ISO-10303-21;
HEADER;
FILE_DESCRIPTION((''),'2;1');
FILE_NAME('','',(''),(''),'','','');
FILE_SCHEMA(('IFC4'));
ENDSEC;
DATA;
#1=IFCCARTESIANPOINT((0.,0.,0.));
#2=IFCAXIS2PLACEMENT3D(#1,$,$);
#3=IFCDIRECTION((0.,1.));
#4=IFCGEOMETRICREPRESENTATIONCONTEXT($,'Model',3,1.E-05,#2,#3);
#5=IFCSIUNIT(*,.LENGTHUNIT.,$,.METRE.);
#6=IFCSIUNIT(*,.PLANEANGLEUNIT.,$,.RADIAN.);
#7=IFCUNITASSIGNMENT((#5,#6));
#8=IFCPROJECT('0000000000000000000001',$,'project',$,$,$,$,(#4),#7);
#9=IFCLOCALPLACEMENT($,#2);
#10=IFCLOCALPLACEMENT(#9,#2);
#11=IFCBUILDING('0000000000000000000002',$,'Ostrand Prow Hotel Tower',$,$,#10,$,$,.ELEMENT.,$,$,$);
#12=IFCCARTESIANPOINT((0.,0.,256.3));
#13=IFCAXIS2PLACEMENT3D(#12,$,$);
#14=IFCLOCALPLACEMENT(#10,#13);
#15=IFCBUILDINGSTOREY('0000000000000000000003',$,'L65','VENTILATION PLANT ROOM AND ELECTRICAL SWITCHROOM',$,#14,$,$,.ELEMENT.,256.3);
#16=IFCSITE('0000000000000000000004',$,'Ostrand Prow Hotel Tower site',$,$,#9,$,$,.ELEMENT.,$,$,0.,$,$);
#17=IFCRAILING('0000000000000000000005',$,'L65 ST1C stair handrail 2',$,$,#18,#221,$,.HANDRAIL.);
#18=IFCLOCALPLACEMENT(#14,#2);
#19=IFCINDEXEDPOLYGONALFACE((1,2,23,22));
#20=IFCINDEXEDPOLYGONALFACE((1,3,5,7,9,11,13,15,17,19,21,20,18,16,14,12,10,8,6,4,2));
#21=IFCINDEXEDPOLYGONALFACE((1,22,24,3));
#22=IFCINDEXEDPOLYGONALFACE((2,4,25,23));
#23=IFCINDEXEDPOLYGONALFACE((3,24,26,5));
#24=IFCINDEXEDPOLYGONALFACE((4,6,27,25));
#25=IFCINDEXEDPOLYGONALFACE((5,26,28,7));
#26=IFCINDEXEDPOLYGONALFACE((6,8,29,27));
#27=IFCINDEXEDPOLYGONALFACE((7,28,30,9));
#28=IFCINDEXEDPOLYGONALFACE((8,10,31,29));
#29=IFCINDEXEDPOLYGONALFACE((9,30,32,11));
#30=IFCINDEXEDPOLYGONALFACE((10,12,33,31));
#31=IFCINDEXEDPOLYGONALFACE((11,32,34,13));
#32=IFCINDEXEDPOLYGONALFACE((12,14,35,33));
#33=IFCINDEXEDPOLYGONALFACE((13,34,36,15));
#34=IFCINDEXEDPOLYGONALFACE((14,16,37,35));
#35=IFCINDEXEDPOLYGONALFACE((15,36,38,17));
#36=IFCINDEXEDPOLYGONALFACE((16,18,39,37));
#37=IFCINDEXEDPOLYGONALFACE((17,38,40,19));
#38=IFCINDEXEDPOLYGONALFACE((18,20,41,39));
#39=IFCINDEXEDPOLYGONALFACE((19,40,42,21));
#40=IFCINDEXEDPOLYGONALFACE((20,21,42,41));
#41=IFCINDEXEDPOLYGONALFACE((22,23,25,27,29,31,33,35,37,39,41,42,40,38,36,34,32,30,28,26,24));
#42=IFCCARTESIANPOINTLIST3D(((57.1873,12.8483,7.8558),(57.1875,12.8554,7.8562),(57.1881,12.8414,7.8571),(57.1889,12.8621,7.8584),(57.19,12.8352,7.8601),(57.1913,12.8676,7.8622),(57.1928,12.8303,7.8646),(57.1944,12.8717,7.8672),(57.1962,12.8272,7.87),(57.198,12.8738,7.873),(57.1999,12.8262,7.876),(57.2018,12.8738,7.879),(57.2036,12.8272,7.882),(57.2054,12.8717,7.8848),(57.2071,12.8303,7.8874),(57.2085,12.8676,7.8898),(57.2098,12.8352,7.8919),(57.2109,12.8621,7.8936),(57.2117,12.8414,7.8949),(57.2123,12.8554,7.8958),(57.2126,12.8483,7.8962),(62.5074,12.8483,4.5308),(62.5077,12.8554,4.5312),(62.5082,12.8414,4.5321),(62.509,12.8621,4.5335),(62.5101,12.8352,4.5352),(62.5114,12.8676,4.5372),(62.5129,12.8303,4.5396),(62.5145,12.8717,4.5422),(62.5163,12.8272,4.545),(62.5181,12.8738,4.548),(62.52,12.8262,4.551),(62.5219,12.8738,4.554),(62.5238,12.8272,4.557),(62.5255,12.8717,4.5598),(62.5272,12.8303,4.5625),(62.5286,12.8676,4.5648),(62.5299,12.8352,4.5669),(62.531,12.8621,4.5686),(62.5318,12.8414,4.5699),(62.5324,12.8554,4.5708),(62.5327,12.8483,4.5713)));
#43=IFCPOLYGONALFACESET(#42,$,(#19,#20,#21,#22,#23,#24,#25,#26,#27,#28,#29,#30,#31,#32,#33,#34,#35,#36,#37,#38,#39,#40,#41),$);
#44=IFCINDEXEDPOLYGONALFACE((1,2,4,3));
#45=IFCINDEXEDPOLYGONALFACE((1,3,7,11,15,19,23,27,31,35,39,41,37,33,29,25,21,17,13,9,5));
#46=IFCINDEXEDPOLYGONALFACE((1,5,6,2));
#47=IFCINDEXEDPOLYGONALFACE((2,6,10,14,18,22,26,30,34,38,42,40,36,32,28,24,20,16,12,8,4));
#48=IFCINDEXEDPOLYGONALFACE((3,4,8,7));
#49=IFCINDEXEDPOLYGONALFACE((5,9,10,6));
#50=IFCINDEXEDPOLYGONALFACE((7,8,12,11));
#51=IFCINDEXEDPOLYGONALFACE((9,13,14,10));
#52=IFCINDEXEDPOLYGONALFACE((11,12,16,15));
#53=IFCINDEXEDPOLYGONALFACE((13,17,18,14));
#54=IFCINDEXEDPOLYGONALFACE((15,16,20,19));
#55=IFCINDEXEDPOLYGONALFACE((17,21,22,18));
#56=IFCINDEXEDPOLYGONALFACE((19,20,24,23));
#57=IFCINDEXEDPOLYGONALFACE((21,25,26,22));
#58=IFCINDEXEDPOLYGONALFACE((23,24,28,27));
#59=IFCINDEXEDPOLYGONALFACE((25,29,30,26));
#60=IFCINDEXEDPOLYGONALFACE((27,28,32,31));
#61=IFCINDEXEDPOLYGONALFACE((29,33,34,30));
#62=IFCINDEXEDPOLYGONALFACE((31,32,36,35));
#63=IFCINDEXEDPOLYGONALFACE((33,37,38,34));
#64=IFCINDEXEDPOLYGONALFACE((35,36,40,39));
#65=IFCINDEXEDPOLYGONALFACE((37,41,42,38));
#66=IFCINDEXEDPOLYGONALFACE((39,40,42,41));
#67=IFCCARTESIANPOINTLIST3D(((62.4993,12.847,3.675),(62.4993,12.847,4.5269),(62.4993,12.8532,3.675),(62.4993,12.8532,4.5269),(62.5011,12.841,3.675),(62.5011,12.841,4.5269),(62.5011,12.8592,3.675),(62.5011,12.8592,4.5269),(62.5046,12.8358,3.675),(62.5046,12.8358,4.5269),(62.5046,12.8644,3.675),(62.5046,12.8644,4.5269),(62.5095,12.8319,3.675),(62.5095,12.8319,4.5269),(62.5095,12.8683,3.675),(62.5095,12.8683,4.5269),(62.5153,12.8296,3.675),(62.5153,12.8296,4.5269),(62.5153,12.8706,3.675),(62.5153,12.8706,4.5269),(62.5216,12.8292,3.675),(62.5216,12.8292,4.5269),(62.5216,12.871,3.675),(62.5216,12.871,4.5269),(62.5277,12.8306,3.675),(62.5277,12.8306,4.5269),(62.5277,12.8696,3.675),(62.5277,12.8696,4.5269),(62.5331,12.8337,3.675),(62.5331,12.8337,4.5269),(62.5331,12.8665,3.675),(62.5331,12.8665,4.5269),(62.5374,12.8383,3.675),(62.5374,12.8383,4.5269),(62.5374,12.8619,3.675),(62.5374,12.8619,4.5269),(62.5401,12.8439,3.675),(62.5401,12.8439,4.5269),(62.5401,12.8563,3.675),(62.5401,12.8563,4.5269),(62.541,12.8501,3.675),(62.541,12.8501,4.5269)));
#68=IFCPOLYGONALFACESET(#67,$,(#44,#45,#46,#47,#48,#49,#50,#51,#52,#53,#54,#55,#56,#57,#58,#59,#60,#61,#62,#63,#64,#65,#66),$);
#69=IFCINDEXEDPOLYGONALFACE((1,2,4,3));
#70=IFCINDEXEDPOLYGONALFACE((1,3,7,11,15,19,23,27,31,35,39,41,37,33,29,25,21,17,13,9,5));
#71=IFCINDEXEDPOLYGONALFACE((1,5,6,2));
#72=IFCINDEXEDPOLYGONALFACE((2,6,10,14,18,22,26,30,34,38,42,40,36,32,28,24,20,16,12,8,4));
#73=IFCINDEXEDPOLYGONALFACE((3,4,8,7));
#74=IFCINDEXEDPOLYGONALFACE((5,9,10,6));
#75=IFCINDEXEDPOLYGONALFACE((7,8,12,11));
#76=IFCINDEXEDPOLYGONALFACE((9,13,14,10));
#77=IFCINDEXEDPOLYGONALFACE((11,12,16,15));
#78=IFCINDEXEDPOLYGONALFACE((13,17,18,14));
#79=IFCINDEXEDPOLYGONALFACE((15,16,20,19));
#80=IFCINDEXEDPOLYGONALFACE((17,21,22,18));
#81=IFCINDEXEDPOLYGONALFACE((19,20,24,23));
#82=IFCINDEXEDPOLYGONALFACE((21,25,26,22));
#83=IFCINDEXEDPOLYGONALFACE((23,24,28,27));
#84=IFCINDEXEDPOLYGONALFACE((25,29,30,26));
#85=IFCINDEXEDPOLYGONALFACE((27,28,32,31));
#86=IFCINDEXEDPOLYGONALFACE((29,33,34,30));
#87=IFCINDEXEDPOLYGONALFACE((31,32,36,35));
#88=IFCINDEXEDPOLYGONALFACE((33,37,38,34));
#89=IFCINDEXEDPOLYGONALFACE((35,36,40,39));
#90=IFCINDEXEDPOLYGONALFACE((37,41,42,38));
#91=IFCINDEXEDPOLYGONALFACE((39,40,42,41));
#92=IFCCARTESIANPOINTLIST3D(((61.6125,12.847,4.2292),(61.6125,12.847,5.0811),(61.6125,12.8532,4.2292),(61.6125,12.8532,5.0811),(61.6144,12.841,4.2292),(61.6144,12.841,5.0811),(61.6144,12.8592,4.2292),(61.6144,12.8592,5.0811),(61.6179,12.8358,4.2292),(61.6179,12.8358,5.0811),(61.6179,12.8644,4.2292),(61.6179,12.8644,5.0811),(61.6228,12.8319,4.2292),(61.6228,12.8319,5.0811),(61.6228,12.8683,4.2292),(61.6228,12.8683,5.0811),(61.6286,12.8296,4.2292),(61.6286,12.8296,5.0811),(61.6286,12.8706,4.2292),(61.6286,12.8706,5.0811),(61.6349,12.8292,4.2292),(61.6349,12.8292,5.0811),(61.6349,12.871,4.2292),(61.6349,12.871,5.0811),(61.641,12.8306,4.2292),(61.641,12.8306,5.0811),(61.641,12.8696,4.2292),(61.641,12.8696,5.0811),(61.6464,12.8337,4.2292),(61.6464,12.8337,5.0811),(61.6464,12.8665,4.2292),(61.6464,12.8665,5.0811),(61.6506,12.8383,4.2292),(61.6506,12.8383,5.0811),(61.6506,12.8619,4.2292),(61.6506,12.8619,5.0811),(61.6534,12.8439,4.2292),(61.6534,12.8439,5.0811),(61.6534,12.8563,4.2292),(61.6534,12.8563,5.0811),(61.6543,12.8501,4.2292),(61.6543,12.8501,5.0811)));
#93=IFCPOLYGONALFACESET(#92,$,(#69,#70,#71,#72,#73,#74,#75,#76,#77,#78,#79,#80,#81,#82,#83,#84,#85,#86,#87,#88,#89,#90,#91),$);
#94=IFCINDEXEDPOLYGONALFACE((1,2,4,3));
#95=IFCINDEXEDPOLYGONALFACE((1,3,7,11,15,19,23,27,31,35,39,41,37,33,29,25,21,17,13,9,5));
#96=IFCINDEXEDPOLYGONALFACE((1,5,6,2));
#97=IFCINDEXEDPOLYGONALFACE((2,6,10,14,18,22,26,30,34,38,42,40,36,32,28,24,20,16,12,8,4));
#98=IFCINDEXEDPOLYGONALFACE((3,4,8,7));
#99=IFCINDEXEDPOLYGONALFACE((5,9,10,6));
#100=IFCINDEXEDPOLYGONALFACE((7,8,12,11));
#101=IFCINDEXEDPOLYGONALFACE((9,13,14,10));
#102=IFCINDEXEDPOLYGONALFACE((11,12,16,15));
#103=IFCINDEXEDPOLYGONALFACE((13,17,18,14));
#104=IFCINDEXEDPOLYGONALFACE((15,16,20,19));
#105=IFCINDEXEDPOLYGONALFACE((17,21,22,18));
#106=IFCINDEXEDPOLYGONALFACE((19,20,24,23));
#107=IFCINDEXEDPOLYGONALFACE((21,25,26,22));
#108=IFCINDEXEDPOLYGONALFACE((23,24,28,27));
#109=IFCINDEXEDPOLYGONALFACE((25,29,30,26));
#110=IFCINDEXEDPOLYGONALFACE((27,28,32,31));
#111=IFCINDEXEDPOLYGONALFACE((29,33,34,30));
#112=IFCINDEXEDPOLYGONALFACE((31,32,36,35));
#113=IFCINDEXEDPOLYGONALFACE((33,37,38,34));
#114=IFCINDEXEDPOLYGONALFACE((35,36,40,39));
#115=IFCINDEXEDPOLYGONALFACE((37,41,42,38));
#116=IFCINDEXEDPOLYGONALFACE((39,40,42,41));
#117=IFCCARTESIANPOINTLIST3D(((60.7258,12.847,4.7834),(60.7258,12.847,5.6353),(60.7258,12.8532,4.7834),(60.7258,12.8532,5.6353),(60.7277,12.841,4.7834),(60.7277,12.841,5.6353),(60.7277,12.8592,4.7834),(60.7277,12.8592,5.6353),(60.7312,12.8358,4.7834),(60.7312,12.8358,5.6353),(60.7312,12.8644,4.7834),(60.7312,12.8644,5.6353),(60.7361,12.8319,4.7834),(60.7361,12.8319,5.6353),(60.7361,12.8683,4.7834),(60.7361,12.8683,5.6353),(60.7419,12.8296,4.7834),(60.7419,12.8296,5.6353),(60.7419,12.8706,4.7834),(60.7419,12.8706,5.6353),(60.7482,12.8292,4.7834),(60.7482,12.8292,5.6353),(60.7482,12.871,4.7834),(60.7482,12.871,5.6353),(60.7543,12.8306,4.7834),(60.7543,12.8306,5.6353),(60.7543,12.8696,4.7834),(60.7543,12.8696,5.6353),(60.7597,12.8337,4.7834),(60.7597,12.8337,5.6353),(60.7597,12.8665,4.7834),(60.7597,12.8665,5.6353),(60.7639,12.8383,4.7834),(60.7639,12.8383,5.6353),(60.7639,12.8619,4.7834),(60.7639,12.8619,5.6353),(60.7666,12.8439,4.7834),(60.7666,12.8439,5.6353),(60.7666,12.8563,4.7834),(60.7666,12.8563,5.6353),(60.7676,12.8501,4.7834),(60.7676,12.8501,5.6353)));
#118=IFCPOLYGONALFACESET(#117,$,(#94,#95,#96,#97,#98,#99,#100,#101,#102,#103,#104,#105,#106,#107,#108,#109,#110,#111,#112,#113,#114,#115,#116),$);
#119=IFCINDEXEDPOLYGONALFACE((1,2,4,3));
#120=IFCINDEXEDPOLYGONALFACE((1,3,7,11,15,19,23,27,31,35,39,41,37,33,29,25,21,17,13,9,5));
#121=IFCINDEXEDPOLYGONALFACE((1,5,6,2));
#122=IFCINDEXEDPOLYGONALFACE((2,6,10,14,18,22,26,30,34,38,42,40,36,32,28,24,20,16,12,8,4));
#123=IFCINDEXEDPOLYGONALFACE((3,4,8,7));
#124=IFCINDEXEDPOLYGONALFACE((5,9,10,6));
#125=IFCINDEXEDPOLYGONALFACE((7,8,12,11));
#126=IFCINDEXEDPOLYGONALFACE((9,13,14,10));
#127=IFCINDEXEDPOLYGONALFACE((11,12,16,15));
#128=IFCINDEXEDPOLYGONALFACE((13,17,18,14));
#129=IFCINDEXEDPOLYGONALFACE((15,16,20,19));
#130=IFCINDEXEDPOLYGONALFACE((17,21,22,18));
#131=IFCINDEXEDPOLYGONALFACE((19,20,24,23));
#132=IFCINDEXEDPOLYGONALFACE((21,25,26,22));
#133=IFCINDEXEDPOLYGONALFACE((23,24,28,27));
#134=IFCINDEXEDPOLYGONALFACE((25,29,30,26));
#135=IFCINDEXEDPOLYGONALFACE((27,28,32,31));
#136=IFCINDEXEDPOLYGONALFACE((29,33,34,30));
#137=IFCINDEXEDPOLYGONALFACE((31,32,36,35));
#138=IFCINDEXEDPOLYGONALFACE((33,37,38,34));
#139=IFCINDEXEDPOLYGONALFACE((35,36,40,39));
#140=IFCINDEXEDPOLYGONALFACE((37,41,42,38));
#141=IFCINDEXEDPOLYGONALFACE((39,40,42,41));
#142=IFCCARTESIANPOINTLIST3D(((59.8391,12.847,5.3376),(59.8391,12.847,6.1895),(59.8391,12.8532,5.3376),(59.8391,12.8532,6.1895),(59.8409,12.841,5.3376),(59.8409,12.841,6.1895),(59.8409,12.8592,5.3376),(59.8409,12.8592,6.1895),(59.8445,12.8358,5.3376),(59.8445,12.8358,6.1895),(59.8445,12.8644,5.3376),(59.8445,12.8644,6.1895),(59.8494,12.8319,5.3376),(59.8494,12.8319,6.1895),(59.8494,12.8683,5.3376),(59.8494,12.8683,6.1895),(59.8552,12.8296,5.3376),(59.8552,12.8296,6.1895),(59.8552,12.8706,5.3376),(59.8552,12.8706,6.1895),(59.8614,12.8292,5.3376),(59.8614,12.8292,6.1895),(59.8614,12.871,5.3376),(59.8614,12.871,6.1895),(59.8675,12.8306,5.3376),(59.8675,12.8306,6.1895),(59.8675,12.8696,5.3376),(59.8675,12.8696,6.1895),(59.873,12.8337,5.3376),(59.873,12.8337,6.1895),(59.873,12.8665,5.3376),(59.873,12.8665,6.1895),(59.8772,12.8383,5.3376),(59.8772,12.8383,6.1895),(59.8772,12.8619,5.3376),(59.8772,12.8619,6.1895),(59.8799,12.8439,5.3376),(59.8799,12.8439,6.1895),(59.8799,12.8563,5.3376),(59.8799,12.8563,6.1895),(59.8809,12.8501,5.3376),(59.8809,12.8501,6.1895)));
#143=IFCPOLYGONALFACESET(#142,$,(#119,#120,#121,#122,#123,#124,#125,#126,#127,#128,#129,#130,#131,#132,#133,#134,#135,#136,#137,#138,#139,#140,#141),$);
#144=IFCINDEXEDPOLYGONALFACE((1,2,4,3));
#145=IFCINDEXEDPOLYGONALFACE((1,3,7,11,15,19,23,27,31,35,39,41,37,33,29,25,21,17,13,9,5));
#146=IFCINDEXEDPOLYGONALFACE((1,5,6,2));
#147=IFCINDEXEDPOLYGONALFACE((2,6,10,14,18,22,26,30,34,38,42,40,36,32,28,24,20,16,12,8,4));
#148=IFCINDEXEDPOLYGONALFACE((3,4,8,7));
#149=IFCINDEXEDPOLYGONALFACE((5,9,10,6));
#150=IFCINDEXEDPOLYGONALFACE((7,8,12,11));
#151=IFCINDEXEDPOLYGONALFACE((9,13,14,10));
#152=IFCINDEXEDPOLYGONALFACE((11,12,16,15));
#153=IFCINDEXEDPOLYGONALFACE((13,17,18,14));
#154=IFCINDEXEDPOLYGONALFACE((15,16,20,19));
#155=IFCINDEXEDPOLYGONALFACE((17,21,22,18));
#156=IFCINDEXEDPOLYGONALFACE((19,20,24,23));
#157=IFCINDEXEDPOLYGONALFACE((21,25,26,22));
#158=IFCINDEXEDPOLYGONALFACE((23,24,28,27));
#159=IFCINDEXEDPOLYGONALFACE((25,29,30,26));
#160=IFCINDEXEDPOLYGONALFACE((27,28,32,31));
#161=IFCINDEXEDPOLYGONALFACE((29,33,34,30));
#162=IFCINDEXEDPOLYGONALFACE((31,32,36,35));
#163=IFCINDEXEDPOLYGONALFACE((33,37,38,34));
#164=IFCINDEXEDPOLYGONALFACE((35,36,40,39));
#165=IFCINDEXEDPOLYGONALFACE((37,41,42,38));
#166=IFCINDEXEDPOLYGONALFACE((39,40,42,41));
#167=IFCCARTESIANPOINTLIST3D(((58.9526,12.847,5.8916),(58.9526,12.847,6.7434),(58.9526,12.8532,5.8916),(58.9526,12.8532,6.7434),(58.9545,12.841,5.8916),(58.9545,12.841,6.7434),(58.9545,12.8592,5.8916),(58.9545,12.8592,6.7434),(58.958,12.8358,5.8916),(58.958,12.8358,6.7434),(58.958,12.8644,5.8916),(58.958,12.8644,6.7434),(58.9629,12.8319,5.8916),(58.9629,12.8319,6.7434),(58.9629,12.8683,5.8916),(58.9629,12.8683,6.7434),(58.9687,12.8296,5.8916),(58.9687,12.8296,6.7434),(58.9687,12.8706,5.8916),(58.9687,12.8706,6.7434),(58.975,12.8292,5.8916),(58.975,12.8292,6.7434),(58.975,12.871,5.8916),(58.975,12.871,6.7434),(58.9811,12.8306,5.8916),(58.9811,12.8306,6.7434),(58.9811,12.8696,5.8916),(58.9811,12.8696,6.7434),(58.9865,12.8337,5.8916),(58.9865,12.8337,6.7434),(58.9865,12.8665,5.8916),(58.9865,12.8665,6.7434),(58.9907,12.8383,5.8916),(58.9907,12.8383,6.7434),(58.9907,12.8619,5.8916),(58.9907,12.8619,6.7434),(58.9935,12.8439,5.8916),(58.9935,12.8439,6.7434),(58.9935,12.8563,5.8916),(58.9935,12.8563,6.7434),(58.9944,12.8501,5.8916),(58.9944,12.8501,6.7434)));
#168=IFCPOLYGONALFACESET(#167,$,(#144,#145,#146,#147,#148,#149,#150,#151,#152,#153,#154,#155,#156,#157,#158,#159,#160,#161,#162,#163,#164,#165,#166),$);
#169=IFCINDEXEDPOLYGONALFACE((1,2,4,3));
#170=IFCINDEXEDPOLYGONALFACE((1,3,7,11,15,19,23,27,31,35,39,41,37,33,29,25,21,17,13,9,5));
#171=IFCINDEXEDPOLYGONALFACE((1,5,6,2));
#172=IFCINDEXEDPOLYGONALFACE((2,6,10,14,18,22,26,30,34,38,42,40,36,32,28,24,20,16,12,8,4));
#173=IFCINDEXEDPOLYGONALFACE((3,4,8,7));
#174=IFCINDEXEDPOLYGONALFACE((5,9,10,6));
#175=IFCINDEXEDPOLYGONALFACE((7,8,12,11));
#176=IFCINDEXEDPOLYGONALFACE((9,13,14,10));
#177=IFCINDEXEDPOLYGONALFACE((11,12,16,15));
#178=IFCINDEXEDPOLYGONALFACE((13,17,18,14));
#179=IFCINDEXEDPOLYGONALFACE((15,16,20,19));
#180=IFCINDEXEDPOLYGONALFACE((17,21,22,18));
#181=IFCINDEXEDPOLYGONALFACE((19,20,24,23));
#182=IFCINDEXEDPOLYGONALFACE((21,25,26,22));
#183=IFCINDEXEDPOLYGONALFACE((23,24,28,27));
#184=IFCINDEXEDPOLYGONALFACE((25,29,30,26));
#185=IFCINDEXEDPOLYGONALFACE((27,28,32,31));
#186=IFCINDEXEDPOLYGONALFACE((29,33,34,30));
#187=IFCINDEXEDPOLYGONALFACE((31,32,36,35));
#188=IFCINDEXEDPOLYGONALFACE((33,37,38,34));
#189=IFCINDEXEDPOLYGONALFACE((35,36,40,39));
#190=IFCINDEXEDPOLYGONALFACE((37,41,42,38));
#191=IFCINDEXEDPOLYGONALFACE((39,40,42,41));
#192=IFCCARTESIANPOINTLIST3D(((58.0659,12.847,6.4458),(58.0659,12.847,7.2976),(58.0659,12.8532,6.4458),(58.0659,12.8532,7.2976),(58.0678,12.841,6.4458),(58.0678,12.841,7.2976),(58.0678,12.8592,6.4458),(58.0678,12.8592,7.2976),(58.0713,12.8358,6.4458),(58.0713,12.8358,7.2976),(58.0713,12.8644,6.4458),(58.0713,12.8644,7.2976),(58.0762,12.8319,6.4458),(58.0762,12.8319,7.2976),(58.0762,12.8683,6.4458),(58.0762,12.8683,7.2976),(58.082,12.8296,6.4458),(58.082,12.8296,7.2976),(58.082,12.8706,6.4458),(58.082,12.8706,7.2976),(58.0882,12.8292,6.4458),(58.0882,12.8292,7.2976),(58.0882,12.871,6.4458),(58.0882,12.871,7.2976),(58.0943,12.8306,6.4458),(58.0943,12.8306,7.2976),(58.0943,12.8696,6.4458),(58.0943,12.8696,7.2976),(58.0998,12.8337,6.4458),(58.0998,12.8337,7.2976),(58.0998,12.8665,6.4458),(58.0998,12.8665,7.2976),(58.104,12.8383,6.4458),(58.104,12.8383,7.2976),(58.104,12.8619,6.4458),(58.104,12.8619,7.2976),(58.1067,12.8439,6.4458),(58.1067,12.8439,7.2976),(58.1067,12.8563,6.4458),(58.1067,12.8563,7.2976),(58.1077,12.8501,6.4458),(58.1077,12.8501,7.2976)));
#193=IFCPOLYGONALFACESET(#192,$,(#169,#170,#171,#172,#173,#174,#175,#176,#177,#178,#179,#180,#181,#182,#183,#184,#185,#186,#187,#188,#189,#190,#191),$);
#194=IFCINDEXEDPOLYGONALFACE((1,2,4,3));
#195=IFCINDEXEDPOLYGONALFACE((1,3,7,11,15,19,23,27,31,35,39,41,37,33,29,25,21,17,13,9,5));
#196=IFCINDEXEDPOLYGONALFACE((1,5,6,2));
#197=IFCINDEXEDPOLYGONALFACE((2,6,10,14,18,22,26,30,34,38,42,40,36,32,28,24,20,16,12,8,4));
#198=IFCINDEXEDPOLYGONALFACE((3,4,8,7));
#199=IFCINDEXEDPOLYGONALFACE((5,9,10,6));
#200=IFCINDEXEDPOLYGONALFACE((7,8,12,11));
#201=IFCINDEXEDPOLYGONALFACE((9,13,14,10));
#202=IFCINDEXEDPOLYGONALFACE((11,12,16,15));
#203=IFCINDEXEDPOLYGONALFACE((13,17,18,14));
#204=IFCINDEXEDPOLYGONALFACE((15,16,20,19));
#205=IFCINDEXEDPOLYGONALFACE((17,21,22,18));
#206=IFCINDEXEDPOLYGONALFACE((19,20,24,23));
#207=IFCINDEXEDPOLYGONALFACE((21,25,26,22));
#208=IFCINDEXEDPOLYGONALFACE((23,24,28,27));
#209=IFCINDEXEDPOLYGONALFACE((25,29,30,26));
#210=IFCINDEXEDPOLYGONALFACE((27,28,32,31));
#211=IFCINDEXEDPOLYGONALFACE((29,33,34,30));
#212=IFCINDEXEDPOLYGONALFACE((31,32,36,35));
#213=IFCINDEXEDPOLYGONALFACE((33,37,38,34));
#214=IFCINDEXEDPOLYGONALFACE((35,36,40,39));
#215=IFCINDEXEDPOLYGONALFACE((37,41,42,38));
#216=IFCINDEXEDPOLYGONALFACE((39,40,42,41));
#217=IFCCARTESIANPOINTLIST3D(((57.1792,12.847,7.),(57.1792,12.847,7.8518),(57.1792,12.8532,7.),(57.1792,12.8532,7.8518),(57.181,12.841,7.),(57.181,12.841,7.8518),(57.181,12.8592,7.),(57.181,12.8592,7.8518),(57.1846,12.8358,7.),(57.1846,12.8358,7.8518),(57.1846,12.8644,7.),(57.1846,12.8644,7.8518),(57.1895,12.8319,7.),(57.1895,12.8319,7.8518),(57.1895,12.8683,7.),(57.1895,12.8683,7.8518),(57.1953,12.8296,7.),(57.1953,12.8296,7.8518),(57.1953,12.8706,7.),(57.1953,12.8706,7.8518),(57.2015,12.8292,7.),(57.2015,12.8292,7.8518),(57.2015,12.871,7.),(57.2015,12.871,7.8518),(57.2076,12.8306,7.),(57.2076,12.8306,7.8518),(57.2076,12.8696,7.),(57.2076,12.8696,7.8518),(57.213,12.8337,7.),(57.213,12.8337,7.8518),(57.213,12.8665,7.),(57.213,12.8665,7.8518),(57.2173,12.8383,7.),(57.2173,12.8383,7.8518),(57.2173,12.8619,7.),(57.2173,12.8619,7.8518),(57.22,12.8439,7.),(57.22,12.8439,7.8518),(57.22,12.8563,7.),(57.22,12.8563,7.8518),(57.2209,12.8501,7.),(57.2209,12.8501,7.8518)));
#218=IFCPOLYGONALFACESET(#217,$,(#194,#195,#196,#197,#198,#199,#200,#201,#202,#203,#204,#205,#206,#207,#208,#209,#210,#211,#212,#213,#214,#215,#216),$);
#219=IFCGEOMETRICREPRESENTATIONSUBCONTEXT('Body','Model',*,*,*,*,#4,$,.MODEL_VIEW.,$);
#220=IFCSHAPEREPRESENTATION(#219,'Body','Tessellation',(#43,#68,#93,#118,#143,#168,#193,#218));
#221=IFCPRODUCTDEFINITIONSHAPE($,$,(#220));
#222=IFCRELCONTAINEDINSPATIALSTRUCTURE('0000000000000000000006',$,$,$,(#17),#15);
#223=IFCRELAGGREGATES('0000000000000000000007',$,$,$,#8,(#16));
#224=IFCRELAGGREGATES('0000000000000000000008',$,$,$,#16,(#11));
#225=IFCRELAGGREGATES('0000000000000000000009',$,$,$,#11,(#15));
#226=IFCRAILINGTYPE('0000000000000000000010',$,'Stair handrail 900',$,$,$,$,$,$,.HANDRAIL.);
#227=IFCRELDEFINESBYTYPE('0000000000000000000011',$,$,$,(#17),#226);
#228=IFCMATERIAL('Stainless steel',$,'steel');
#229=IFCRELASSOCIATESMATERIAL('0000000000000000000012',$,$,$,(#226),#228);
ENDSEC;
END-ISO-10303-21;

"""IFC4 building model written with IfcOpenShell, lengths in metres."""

from ifc_helpers import new_model, si_unit, direction, frame, origin, origin_2d, place, context, subcontext, project, spatial, circle, extrude, material, type_object, element, save


model = new_model("IFC4")

# Units and contexts
model_context = context("Model", 3, precision=1e-05, world=origin(), true_north=direction((0.0, 1.0)))
body_context = subcontext(model_context, "Body", "Model", "MODEL_VIEW")
ifc_project = project(units=[si_unit("LENGTHUNIT", "METRE"), si_unit("PLANEANGLEUNIT", "RADIAN")], contexts=[model_context])

# Site, building, storey
site_placement = place(None, origin())
site = spatial("IfcSite", under=ifc_project, at=site_placement, Name="Ostrand Prow Hotel Tower site", CompositionType="ELEMENT", RefElevation=0.0)
building_placement = place(site_placement, origin())
building = spatial("IfcBuilding", under=site, at=building_placement, Name="Ostrand Prow Hotel Tower", CompositionType="ELEMENT")
storey_placement = place(building_placement, frame((0.0, 0.0, 256.3)))
storey = spatial("IfcBuildingStorey", under=building, at=storey_placement, Name="L65", Description="VENTILATION PLANT ROOM AND ELECTRICAL SWITCHROOM", CompositionType="ELEMENT", Elevation=256.3)

# Railing
ifc_material_1 = material(Name="Stainless steel", Category="steel")
railing_type_1 = type_object("IfcRailingType", Name="Stair handrail 900", PredefinedType="HANDRAIL", material=ifc_material_1)
railing_1_placement = place(storey_placement, frame((62.52, 12.8501, 3.675)))
element("IfcRailing", 1, at=railing_1_placement, inside=storey, type_object=railing_type_1, Name="L65 ST1C stair handrail 2", PredefinedType="HANDRAIL", context=body_context, shape_type="SweptSolid", body=[
    extrude(circle(Radius=0.0239, at=origin_2d()), frame((0.0, 0.0, 0.876), z_axis=(-0.848005, 0.0, 0.529988), x_axis=(0.0, -1.0, 0.0)), (0.0, 0.0, 1.0), 6.2737),
    extrude(circle(Radius=0.021, at=origin_2d()), origin(), (0.0, 0.0, 1.0), 0.8518),
    extrude(circle(Radius=0.021, at=origin_2d()), frame((-0.8867, 0.0, 0.5542)), (0.0, 0.0, 1.0), 0.8518),
    extrude(circle(Radius=0.021, at=origin_2d()), frame((-1.7734, 0.0, 1.1084)), (0.0, 0.0, 1.0), 0.8518),
    extrude(circle(Radius=0.021, at=origin_2d()), frame((-2.6602, 0.0, 1.6626)), (0.0, 0.0, 1.0), 0.8518),
    extrude(circle(Radius=0.021, at=origin_2d()), frame((-3.5466, 0.0, 2.2166)), (0.0, 0.0, 1.0), 0.8518),
    extrude(circle(Radius=0.021, at=origin_2d()), frame((-4.4333, 0.0, 2.7708)), (0.0, 0.0, 1.0), 0.8518),
    extrude(circle(Radius=0.021, at=origin_2d()), frame((-5.3201, 0.0, 3.325)), (0.0, 0.0, 1.0), 0.8518),
])

save(model, "model.ifc")
